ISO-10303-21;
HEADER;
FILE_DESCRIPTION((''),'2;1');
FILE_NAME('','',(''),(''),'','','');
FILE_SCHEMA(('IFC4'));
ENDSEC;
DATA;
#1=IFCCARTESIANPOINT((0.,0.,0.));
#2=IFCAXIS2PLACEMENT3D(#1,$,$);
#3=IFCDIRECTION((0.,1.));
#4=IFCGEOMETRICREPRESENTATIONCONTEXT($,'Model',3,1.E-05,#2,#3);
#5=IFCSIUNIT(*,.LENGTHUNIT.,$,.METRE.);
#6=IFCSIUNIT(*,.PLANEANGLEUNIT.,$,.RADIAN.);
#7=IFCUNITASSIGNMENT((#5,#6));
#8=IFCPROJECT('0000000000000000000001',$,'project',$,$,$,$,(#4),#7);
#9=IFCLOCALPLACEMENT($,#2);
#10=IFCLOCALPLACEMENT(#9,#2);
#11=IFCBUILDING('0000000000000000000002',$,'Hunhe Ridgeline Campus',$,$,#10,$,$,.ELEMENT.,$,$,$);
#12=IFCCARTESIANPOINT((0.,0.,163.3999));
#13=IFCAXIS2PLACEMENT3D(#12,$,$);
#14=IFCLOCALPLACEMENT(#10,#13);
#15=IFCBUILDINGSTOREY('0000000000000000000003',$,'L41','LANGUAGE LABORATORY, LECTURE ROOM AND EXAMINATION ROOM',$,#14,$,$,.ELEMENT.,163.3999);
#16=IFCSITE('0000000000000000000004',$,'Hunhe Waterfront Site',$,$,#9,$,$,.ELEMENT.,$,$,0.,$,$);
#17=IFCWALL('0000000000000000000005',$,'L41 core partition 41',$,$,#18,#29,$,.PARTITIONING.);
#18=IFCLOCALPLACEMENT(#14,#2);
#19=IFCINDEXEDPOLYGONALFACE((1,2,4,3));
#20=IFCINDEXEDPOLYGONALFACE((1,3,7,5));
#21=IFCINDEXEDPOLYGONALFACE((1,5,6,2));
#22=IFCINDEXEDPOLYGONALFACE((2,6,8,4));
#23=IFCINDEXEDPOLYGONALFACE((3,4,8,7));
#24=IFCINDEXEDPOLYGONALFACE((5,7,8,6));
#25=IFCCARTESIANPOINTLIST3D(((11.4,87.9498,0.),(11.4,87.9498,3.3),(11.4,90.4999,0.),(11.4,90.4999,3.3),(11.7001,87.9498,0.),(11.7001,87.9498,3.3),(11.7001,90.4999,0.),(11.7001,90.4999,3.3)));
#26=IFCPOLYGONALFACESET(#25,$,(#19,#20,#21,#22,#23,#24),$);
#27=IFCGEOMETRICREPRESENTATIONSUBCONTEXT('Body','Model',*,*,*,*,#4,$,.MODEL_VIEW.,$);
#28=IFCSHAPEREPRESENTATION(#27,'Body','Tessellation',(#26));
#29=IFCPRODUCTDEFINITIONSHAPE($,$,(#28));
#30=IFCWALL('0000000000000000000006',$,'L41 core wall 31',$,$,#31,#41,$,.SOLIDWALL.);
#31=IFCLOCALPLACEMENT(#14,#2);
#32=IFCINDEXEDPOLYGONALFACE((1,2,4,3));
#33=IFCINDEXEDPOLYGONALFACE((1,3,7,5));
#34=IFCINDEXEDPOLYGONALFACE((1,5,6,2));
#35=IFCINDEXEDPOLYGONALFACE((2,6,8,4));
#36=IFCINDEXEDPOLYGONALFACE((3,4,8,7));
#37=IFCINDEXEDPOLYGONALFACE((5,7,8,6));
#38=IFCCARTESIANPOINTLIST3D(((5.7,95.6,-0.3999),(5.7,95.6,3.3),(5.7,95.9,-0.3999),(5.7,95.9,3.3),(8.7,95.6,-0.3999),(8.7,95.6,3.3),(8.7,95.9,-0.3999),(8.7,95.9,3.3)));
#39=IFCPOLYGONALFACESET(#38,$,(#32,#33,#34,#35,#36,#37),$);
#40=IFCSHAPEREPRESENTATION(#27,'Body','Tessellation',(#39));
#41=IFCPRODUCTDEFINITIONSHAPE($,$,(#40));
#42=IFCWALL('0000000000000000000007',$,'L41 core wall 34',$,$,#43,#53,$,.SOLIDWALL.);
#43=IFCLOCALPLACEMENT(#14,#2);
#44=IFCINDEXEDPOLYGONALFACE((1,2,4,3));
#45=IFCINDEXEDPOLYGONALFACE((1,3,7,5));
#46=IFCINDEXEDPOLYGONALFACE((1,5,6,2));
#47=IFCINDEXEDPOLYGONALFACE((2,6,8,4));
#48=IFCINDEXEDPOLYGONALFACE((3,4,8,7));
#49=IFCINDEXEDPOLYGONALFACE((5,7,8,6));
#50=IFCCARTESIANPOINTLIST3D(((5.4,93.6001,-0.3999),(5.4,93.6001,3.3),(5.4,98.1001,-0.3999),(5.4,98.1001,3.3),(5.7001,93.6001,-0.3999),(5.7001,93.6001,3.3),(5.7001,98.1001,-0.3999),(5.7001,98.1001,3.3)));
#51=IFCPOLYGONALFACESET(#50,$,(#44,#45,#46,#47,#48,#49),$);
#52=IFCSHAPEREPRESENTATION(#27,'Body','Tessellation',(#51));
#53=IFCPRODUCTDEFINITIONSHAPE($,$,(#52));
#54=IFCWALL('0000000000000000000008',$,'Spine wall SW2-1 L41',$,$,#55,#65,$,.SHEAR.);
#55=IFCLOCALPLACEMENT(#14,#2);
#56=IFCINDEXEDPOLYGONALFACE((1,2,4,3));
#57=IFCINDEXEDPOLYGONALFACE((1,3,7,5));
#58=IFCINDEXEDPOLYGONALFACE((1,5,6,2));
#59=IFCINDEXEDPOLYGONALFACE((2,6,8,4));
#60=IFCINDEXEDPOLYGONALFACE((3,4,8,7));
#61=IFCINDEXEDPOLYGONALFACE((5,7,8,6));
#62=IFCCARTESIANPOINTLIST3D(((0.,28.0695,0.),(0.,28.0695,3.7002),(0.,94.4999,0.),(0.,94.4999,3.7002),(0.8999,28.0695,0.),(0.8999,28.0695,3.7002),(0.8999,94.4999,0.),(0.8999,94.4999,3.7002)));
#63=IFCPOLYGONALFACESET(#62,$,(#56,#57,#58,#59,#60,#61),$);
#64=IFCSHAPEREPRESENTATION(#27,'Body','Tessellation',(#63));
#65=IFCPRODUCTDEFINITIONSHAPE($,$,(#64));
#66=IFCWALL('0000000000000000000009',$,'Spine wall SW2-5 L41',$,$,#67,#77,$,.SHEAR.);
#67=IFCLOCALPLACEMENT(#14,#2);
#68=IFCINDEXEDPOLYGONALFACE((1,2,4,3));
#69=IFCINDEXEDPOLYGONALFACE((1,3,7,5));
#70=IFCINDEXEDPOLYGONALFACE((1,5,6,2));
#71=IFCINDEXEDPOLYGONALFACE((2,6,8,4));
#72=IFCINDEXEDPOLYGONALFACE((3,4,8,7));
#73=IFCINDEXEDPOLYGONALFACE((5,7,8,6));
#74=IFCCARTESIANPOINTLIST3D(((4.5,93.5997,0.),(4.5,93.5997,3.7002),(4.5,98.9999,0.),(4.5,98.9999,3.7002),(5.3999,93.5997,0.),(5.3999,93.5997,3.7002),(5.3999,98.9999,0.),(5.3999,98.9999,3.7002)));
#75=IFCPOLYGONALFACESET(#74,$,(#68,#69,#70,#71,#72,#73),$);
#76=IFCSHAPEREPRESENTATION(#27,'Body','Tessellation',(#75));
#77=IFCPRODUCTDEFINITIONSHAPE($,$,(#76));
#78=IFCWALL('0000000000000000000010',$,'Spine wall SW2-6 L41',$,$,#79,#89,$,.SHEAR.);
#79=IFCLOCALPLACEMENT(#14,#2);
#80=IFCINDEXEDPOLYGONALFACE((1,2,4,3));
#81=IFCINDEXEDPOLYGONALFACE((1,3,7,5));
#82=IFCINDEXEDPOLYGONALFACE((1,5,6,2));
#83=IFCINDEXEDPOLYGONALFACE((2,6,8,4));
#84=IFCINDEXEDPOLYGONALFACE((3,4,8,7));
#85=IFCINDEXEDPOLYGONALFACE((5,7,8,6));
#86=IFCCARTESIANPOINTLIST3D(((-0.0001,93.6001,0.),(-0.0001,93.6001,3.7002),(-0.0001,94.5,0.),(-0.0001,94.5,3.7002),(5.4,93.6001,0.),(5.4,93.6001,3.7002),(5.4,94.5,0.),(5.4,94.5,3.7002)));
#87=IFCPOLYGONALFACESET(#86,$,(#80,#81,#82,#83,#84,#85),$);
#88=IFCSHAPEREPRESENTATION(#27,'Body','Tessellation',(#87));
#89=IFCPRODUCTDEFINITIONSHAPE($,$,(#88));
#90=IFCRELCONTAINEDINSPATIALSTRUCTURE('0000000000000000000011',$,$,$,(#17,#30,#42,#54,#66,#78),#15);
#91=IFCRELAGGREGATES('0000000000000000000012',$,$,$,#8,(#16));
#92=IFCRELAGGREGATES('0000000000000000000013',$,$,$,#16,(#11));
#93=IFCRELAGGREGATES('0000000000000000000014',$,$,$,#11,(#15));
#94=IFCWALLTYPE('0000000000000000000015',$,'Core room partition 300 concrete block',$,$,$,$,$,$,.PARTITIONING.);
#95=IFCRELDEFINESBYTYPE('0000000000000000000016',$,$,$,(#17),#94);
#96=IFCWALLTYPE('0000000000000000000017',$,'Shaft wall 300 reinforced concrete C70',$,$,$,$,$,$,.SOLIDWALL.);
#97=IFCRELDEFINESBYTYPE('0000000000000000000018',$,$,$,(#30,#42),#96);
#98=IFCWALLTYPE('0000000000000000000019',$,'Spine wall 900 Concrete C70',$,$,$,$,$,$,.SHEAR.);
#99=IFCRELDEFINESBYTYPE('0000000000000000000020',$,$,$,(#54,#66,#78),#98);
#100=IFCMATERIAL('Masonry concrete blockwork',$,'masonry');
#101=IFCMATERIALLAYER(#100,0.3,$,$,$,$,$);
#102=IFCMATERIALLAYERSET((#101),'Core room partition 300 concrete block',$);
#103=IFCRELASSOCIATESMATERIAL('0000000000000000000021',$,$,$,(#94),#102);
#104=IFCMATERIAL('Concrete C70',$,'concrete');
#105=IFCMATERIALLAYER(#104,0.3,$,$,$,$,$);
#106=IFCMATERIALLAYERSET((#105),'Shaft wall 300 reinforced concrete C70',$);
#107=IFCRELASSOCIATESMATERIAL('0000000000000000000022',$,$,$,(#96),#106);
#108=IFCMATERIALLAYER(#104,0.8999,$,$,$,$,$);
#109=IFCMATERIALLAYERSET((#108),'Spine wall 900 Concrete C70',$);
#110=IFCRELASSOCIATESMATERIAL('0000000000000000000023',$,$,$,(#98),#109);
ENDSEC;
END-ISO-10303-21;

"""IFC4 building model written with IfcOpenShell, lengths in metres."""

from ifc_helpers import new_model, si_unit, direction, frame, frame_2d, origin, place, context, subcontext, project, spatial, rectangle, extrude, material, layer, layer_set, type_object, element, save


model = new_model("IFC4")

# Units and contexts
model_context = context("Model", 3, precision=1e-05, world=origin(), true_north=direction((0.0, 1.0)))
body_context = subcontext(model_context, "Body", "Model", "MODEL_VIEW")
ifc_project = project(units=[si_unit("LENGTHUNIT", "METRE"), si_unit("PLANEANGLEUNIT", "RADIAN")], contexts=[model_context])

# Site, building, storey
site_placement = place(None, origin())
site = spatial("IfcSite", under=ifc_project, at=site_placement, Name="Hunhe Waterfront Site", CompositionType="ELEMENT", RefElevation=0.0)
building_placement = place(site_placement, origin())
building = spatial("IfcBuilding", under=site, at=building_placement, Name="Hunhe Ridgeline Campus", CompositionType="ELEMENT")
storey_placement = place(building_placement, frame((0.0, 0.0, 163.3999)))
storey = spatial("IfcBuildingStorey", under=building, at=storey_placement, Name="L41", Description="LANGUAGE LABORATORY, LECTURE ROOM AND EXAMINATION ROOM", CompositionType="ELEMENT", Elevation=163.3999)

# Wall
ifc_material_1 = material(Name="Masonry concrete blockwork", Category="masonry")
ifc_layer_1 = layer(ifc_material_1, 0.3)
ifc_layer_set_1 = layer_set([ifc_layer_1], Name="Core room partition 300 concrete block")
wall_type_1 = type_object("IfcWallType", Name="Core room partition 300 concrete block", PredefinedType="PARTITIONING", material=ifc_layer_set_1)
wall_1_placement = place(storey_placement, frame((11.55, 87.95, 0.0), z_axis=(0.0, 0.0, 1.0), x_axis=(0.0, 1.0, 0.0)))
element("IfcWall", 1, at=wall_1_placement, inside=storey, type_object=wall_type_1, Name="L41 core partition 41", PredefinedType="PARTITIONING", context=body_context, shape_type="SweptSolid", body=[
    extrude(rectangle(XDim=2.55, YDim=0.3, at=frame_2d((1.2749, 0.0))), origin(), (0.0, 0.0, 1.0), 3.3),
])

# Shared definitions
ifc_material_2 = material(Name="Concrete C70", Category="concrete")
ifc_layer_2 = layer(ifc_material_2, 0.3)
ifc_layer_set_2 = layer_set([ifc_layer_2], Name="Shaft wall 300 reinforced concrete C70")
wall_type_2 = type_object("IfcWallType", Name="Shaft wall 300 reinforced concrete C70", PredefinedType="SOLIDWALL", material=ifc_layer_set_2)

# Walls
wall_2_placement = place(storey_placement, frame((5.7, 95.75, -0.3999), z_axis=(0.0, 0.0, 1.0), x_axis=(1.0, 0.0, 0.0)))
element("IfcWall", 2, at=wall_2_placement, inside=storey, type_object=wall_type_2, Name="L41 core wall 31", PredefinedType="SOLIDWALL", context=body_context, shape_type="SweptSolid", body=[
    extrude(rectangle(XDim=3.0, YDim=0.3, at=frame_2d((1.5, 0.0))), origin(), (0.0, 0.0, 1.0), 3.7),
])
wall_3_placement = place(storey_placement, frame((5.55, 93.6001, -0.3999), z_axis=(0.0, 0.0, 1.0), x_axis=(0.0, 1.0, 0.0)))
element("IfcWall", 3, at=wall_3_placement, inside=storey, type_object=wall_type_2, Name="L41 core wall 34", PredefinedType="SOLIDWALL", context=body_context, shape_type="SweptSolid", body=[
    extrude(rectangle(XDim=4.5, YDim=0.3, at=frame_2d((2.25, 0.0))), origin(), (0.0, 0.0, 1.0), 3.7),
])

# Walls
ifc_layer_3 = layer(ifc_material_2, 0.8999)
ifc_layer_set_3 = layer_set([ifc_layer_3], Name="Spine wall 900 Concrete C70")
wall_type_3 = type_object("IfcWallType", Name="Spine wall 900 Concrete C70", PredefinedType="SHEAR", material=ifc_layer_set_3)
wall_4_placement = place(storey_placement, frame((0.45, 94.5, 0.0), z_axis=(0.0, 0.0, 1.0), x_axis=(0.0, -1.0, 0.0)))
element("IfcWall", 4, at=wall_4_placement, inside=storey, type_object=wall_type_3, Name="Spine wall SW2-1 L41", PredefinedType="SHEAR", context=body_context, shape_type="SweptSolid", body=[
    extrude(rectangle(XDim=66.4304, YDim=0.8999, at=frame_2d((33.2153, 0.0))), origin(), (0.0, 0.0, 1.0), 3.7002),
])
for number, where, z_axis, x_axis, name in (
    (5, (4.95, 99.0, 0.0), (0.0, 0.0, 1.0), (0.0, -1.0, 0.0), "Spine wall SW2-5 L41"),
    (6, (5.4001, 94.05, 0.0), (0.0, 0.0, 1.0), (-1.0, 0.0, 0.0), "Spine wall SW2-6 L41"),
):
    element("IfcWall", number, at=place(storey_placement, frame(where, z_axis=z_axis, x_axis=x_axis)), inside=storey, type_object=wall_type_3, Name=name, PredefinedType="SHEAR", context=body_context, shape_type="SweptSolid", body=[
        extrude(rectangle(XDim=5.4001, YDim=0.8999, at=frame_2d((2.7002, 0.0))), origin(), (0.0, 0.0, 1.0), 3.7002),
    ])

save(model, "model.ifc")
